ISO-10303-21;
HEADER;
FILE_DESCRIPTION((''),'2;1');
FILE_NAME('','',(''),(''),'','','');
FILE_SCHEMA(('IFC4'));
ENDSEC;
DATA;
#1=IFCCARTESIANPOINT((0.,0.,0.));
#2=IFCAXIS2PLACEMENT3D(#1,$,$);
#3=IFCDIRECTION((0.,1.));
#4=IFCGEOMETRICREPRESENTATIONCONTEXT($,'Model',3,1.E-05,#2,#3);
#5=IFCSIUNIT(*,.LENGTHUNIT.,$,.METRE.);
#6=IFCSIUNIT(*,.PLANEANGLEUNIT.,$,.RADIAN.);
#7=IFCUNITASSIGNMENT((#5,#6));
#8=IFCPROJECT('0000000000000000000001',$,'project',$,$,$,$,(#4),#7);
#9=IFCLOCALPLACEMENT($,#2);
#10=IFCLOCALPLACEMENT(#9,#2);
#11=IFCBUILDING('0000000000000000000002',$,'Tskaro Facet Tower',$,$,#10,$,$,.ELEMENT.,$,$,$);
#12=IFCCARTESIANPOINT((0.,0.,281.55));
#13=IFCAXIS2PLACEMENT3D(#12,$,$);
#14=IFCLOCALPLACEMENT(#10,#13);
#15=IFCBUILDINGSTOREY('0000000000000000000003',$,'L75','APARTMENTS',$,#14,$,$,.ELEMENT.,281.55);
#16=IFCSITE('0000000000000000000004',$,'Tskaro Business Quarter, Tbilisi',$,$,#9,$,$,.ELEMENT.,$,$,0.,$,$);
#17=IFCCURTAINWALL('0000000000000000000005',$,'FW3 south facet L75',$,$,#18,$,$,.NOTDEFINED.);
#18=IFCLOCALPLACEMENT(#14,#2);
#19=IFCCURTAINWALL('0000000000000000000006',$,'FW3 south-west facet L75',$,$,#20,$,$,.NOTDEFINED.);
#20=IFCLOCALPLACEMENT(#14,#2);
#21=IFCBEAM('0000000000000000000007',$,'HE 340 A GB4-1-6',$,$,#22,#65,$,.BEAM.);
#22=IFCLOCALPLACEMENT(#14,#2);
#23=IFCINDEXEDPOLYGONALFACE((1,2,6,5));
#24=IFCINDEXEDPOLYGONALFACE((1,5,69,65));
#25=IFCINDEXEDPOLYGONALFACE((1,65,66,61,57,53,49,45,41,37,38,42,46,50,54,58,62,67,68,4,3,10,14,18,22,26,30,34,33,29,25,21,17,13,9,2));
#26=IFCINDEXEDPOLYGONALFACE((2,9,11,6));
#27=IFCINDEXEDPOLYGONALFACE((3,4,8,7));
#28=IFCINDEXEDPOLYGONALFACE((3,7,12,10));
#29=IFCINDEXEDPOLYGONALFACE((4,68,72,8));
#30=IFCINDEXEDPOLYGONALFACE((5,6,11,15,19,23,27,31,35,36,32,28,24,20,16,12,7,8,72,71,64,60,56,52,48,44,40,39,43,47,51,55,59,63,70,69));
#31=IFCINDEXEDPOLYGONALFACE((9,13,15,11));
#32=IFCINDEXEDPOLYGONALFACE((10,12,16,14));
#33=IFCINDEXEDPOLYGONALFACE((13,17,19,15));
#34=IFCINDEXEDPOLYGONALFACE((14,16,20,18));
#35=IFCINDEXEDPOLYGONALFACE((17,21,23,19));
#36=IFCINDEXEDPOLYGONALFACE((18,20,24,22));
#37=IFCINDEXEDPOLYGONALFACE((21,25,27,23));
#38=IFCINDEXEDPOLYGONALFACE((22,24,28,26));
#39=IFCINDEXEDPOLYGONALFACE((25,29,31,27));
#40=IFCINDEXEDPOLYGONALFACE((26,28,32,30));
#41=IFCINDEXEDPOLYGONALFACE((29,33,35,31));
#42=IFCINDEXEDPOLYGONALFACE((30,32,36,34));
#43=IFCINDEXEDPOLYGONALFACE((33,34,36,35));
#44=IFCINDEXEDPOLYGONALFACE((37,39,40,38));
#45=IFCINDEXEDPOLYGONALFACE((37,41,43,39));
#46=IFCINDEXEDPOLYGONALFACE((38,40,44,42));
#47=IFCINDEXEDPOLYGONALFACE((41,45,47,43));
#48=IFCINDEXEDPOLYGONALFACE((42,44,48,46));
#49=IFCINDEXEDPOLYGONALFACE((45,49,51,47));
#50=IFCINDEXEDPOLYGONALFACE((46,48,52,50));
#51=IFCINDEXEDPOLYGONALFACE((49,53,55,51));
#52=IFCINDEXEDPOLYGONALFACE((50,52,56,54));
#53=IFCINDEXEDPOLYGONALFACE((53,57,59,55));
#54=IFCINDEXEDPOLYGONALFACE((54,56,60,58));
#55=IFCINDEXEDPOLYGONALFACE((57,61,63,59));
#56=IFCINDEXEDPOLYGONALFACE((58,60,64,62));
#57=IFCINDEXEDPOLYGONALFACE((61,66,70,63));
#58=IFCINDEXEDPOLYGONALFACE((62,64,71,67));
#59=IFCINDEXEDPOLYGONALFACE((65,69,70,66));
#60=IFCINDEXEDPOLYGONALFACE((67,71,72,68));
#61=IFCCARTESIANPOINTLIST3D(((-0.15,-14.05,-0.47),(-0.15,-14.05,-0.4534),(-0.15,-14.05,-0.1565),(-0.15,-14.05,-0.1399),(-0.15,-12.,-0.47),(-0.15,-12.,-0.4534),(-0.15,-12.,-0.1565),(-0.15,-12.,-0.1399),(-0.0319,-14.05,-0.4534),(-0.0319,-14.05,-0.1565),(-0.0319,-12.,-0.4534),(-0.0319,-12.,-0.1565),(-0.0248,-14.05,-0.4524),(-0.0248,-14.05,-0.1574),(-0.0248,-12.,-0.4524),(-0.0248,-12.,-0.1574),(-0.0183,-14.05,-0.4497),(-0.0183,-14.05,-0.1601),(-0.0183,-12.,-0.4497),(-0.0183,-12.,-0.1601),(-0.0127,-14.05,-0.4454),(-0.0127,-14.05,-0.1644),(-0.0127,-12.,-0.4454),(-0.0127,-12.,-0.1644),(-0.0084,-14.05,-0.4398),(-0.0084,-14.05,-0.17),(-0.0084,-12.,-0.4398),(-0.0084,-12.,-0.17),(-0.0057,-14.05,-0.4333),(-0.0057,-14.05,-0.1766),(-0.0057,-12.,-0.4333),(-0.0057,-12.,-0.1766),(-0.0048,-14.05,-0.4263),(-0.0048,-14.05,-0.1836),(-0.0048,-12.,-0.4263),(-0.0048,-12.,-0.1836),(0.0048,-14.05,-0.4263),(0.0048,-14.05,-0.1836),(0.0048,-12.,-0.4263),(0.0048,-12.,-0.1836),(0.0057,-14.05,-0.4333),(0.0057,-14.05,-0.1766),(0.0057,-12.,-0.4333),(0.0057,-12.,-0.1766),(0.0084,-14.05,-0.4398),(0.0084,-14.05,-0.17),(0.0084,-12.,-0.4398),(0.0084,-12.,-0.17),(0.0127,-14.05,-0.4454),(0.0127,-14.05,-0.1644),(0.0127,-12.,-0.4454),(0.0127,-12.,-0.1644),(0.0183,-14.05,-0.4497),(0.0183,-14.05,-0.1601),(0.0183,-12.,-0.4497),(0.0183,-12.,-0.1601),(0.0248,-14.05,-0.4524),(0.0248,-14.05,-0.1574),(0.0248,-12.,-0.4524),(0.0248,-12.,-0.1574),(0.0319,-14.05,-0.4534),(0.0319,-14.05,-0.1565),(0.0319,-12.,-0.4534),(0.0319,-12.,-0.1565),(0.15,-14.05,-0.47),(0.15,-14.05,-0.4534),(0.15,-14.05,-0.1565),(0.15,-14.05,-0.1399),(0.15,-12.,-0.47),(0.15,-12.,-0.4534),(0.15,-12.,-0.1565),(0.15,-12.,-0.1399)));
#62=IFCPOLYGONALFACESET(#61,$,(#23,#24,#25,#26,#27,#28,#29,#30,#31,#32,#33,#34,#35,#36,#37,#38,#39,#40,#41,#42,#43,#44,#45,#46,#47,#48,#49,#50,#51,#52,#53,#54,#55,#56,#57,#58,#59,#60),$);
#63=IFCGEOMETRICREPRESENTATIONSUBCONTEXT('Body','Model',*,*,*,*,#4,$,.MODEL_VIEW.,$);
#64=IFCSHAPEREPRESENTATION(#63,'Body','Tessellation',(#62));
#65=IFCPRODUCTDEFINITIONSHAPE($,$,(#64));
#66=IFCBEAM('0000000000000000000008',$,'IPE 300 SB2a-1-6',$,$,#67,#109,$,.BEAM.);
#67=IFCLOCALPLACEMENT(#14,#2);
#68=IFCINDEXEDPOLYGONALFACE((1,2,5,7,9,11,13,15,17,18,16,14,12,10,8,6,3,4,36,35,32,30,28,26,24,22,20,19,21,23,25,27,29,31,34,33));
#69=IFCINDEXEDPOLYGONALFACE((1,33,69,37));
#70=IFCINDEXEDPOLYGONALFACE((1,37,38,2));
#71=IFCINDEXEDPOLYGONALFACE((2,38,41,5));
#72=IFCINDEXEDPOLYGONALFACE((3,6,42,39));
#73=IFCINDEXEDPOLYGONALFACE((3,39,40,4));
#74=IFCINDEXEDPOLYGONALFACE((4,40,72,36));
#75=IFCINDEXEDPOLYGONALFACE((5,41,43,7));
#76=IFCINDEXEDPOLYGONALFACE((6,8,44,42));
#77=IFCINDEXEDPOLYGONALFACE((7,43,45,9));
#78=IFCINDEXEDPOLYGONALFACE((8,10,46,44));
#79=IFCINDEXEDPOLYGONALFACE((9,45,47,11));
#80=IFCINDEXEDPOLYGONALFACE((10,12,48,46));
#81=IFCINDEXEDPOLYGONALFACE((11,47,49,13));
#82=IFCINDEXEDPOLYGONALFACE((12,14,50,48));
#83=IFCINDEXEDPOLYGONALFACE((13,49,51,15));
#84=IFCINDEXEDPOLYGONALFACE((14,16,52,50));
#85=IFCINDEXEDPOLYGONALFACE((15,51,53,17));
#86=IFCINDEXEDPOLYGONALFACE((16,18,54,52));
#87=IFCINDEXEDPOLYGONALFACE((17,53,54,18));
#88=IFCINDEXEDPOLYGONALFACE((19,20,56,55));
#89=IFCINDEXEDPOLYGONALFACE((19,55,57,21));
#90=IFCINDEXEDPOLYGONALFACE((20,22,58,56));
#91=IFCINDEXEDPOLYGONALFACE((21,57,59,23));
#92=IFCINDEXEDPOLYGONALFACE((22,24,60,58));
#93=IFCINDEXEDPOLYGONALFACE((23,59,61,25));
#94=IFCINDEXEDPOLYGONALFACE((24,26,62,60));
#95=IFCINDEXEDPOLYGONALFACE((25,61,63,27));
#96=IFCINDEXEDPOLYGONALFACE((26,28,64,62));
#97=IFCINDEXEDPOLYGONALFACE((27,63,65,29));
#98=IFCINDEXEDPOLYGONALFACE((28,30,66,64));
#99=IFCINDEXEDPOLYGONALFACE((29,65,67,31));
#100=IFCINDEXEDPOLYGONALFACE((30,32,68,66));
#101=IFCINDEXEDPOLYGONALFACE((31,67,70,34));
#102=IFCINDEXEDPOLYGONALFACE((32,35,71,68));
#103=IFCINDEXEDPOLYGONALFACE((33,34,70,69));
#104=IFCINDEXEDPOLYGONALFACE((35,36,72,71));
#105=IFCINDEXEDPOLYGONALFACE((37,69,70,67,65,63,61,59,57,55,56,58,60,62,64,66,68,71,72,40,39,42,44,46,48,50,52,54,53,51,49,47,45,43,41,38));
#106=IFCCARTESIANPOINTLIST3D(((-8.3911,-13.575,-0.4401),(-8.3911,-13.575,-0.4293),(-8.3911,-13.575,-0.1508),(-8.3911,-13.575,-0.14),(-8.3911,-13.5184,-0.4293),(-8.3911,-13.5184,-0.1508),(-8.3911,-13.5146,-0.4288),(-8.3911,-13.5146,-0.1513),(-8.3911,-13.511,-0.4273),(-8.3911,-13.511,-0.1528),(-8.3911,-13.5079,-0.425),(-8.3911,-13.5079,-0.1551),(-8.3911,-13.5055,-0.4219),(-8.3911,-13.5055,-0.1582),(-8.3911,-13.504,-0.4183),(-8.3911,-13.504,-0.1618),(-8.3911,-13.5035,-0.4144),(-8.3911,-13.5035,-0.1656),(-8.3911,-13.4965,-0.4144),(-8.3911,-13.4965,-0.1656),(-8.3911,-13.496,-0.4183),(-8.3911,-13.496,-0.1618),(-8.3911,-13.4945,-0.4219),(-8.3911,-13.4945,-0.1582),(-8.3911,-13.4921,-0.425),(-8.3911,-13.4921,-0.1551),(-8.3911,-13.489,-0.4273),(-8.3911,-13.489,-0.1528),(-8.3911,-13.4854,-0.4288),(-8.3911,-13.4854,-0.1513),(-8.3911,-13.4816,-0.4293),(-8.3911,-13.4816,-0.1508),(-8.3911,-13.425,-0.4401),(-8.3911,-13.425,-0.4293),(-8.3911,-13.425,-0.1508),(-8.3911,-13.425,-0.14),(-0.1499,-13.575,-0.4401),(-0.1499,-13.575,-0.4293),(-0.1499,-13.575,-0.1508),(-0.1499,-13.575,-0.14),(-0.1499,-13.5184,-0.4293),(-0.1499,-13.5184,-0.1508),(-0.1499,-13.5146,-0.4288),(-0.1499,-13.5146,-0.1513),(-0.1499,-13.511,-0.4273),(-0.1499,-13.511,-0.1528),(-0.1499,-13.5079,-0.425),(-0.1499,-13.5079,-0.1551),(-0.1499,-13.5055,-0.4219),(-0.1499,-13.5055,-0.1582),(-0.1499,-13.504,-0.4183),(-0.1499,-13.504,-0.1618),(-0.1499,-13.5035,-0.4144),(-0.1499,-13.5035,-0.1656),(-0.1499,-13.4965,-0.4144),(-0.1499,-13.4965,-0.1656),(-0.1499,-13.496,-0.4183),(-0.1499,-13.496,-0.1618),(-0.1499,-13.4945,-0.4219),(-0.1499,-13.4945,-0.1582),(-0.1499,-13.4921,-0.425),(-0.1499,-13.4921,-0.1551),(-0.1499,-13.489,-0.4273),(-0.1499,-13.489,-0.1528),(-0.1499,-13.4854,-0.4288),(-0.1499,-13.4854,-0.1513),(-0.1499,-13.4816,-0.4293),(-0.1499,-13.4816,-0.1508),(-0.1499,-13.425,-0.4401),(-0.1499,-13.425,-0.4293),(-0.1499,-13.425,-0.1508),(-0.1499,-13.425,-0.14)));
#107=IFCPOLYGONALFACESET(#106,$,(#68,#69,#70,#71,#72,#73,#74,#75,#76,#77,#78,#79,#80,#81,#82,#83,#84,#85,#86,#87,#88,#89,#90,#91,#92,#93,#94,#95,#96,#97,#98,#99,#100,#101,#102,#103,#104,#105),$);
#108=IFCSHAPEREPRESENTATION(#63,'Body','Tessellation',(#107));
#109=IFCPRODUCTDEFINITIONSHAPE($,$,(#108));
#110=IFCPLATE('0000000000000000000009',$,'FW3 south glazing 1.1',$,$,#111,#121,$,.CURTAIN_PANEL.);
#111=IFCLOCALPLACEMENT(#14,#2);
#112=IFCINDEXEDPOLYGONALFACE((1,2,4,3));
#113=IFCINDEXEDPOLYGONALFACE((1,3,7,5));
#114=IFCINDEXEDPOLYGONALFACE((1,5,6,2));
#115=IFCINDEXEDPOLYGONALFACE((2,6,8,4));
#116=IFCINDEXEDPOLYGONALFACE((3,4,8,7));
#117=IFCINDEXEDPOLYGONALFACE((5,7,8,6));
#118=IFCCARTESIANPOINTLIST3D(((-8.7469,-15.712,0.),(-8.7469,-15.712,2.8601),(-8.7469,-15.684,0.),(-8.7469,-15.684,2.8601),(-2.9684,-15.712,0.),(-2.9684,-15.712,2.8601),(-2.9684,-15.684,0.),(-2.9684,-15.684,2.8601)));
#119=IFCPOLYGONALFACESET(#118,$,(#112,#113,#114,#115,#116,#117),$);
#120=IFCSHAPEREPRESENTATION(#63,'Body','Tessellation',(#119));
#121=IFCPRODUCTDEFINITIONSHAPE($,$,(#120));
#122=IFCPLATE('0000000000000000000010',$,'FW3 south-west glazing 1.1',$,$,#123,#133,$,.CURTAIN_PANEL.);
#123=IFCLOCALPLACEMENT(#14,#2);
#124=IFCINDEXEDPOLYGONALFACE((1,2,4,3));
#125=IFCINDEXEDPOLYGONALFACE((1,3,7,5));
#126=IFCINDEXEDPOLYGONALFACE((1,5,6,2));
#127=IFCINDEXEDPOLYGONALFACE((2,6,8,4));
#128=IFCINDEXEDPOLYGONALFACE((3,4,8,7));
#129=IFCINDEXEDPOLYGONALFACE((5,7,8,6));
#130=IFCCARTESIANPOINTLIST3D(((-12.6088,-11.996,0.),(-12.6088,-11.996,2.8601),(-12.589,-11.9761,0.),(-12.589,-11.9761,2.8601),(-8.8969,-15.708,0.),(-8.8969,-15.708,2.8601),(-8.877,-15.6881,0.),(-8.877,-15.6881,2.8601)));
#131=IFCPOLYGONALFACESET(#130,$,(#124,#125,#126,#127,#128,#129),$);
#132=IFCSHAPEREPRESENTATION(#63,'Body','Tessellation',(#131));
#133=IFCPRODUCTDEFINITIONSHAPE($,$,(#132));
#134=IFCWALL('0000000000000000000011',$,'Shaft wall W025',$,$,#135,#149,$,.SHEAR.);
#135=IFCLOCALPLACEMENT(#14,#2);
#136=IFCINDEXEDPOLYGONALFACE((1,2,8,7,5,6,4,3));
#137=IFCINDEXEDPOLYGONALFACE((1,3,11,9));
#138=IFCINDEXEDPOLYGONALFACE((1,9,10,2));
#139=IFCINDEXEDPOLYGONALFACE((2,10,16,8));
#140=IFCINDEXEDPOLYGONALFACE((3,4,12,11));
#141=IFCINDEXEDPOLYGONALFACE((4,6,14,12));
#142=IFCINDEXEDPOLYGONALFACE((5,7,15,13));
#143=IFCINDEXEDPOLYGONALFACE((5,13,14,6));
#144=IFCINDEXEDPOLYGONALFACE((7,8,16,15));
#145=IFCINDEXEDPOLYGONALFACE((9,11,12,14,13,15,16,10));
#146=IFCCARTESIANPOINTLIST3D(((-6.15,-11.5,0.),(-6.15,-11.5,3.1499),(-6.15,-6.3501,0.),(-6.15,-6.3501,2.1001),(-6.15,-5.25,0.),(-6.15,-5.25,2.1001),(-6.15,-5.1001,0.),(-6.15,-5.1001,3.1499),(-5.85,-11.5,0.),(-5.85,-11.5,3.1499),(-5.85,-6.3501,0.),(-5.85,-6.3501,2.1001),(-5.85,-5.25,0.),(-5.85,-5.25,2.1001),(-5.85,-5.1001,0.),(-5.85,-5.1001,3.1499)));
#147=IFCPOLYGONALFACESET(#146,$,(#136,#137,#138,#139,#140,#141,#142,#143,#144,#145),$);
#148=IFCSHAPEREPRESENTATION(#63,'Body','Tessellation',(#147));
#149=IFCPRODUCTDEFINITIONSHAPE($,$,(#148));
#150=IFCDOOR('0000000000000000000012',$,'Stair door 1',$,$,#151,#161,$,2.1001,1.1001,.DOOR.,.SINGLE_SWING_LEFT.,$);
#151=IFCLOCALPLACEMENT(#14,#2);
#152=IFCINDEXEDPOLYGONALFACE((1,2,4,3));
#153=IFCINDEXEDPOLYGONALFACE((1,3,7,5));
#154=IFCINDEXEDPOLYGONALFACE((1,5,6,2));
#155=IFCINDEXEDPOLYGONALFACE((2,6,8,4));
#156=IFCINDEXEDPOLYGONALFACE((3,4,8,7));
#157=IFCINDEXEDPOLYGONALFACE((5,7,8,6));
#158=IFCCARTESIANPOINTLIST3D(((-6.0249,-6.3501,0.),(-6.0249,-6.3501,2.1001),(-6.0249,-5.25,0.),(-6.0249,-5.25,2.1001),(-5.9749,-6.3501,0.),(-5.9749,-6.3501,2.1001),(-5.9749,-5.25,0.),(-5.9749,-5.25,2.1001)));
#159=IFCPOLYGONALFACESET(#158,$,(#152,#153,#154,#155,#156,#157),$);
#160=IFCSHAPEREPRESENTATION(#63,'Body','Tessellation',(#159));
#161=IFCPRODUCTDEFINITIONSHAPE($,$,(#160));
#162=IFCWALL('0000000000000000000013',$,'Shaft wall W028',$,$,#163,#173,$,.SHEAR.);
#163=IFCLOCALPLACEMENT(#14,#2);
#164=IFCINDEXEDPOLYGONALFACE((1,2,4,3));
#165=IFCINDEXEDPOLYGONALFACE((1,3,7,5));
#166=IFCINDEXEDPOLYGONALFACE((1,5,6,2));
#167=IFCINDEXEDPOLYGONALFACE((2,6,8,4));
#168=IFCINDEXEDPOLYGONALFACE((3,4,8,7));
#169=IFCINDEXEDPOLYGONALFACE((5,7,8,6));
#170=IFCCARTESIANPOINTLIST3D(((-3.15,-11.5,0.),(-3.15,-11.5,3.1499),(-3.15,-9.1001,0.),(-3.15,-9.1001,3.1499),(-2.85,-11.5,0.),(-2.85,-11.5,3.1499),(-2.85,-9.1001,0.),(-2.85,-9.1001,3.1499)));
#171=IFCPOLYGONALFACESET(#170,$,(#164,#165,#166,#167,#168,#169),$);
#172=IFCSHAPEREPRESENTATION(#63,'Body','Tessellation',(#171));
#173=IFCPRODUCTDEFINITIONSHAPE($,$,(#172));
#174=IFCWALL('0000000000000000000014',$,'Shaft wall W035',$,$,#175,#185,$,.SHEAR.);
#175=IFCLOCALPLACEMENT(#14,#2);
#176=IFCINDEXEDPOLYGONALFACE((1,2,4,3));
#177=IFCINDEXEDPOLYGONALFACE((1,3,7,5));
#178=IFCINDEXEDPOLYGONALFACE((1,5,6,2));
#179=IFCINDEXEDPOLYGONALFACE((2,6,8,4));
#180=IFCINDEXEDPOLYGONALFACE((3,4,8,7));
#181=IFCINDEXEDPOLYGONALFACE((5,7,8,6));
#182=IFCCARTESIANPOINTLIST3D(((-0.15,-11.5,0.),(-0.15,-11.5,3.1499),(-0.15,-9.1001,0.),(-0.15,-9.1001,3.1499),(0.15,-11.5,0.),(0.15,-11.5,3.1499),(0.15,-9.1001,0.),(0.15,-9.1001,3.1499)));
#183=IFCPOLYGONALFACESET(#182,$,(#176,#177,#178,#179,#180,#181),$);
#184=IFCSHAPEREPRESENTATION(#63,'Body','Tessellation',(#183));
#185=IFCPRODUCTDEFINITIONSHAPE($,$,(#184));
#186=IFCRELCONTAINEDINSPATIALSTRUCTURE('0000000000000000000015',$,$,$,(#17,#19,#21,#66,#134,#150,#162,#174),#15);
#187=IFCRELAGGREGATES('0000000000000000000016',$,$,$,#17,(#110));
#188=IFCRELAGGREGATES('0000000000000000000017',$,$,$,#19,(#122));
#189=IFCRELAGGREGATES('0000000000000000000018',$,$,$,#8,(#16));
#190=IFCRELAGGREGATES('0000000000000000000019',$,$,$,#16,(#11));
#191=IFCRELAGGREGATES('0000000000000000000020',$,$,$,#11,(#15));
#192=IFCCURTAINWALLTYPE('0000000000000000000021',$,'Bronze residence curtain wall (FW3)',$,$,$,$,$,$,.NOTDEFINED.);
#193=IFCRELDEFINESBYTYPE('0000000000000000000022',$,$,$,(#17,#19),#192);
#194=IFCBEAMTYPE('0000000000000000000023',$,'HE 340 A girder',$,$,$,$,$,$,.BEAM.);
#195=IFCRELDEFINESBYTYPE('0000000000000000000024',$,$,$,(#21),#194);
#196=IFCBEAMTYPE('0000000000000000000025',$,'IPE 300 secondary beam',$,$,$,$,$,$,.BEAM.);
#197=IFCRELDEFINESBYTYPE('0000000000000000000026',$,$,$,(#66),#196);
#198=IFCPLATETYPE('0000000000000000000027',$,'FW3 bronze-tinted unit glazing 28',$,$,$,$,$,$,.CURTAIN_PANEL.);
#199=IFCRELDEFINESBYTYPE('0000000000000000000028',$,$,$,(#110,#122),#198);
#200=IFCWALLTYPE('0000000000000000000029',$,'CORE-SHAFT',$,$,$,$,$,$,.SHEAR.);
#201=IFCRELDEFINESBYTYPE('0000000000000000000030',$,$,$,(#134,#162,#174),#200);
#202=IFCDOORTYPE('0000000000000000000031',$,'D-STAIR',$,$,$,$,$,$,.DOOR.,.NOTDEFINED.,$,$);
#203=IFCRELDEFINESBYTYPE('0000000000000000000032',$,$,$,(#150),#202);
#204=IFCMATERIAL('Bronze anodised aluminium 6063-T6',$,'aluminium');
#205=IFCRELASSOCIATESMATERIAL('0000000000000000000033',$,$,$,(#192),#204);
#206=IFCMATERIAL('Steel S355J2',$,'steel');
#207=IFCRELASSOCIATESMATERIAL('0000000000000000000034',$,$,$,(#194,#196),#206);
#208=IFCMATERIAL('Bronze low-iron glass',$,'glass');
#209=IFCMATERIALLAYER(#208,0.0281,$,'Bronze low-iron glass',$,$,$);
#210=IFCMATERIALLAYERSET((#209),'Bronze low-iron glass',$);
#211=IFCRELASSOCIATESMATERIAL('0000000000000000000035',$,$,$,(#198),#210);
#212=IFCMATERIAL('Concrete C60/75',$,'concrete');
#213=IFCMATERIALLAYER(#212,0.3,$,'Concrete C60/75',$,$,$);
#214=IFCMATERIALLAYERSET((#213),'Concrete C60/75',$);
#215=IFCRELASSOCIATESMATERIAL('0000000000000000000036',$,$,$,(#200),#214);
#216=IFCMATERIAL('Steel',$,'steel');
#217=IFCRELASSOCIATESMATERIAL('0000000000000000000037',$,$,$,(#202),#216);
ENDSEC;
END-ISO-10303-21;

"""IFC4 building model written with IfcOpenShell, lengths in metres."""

from ifc_helpers import new_model, si_unit, direction, frame, frame_2d, origin, origin_2d, place, context, subcontext, project, spatial, rectangle, i_section, extrude, material, layer, layer_set, material_profile, profile_set, type_object, element, fill, aggregate, save


model = new_model("IFC4")

# Units and contexts
model_context = context("Model", 3, precision=1e-05, world=origin(), true_north=direction((0.0, 1.0)))
body_context = subcontext(model_context, "Body", "Model", "MODEL_VIEW")
ifc_project = project(units=[si_unit("LENGTHUNIT", "METRE"), si_unit("PLANEANGLEUNIT", "RADIAN")], contexts=[model_context])

# Site, building, storey
site_placement = place(None, origin())
site = spatial("IfcSite", under=ifc_project, at=site_placement, Name="Tskaro Business Quarter, Tbilisi", CompositionType="ELEMENT", RefElevation=0.0)
building_placement = place(site_placement, origin())
building = spatial("IfcBuilding", under=site, at=building_placement, Name="Tskaro Facet Tower", CompositionType="ELEMENT")
storey_placement = place(building_placement, frame((0.0, 0.0, 281.55)))
storey = spatial("IfcBuildingStorey", under=building, at=storey_placement, Name="L75", Description="APARTMENTS", CompositionType="ELEMENT", Elevation=281.55)

# Shared definitions
ifc_material_1 = material(Name="Steel S355J2", Category="steel")

# Curtain walls
ifc_material_2 = material(Name="Bronze anodised aluminium 6063-T6", Category="aluminium")
curtain_wall_type = type_object("IfcCurtainWallType", Name="Bronze residence curtain wall (FW3)", PredefinedType="NOTDEFINED", material=ifc_material_2)
curtain_wall_1_placement = place(storey_placement, origin())
curtain_wall_1 = element("IfcCurtainWall", 1, at=curtain_wall_1_placement, inside=storey, type_object=curtain_wall_type, Name="FW3 south facet L75", PredefinedType="NOTDEFINED")
curtain_wall_2_placement = place(storey_placement, origin())
curtain_wall_2 = element("IfcCurtainWall", 2, at=curtain_wall_2_placement, inside=storey, type_object=curtain_wall_type, Name="FW3 south-west facet L75", PredefinedType="NOTDEFINED")

# Beams
ifc_material_profile_1 = material_profile(ifc_material_1, i_section(OverallWidth=0.3, OverallDepth=0.3301, WebThickness=0.0095, FlangeThickness=0.0166, FilletRadius=0.0271, at=origin_2d()), Name="HE 340 A")
ifc_profile_set_1 = profile_set([ifc_material_profile_1], Name="Steel S355J2")
beam_type_1 = type_object("IfcBeamType", Name="HE 340 A girder", PredefinedType="BEAM", material=ifc_profile_set_1)
beam_1_placement = place(storey_placement, frame((0.0, -14.05, -0.3049), z_axis=(0.0, 1.0, 0.0), x_axis=(-1.0, 0.0, 0.0)))
element("IfcBeam", 3, at=beam_1_placement, inside=storey, type_object=beam_type_1, Name="HE 340 A GB4-1-6", PredefinedType="BEAM", context=body_context, shape_type="SweptSolid", body=[
    extrude(i_section(OverallWidth=0.3, OverallDepth=0.3301, WebThickness=0.0095, FlangeThickness=0.0166, FilletRadius=0.0271, at=origin_2d()), origin(), (0.0, 0.0, 1.0), 2.05),
])
ifc_material_profile_2 = material_profile(ifc_material_1, i_section(OverallWidth=0.1499, OverallDepth=0.3, WebThickness=0.0071, FlangeThickness=0.0107, FilletRadius=0.0149, at=origin_2d()), Name="IPE 300")
ifc_profile_set_2 = profile_set([ifc_material_profile_2], Name="Steel S355J2")
beam_type_2 = type_object("IfcBeamType", Name="IPE 300 secondary beam", PredefinedType="BEAM", material=ifc_profile_set_2)
beam_2_placement = place(storey_placement, frame((-8.3911, -13.5, -0.29), z_axis=(1.0, 0.0, 0.0), x_axis=(0.0, 1.0, 0.0)))
element("IfcBeam", 4, at=beam_2_placement, inside=storey, type_object=beam_type_2, Name="IPE 300 SB2a-1-6", PredefinedType="BEAM", context=body_context, shape_type="SweptSolid", body=[
    extrude(i_section(OverallWidth=0.1499, OverallDepth=0.3, WebThickness=0.0071, FlangeThickness=0.0107, FilletRadius=0.0149, at=origin_2d()), origin(), (0.0, 0.0, 1.0), 8.2412),
])

# Plates
ifc_material_3 = material(Name="Bronze low-iron glass", Category="glass")
ifc_layer_1 = layer(ifc_material_3, 0.0281, Name="Bronze low-iron glass")
ifc_layer_set_1 = layer_set([ifc_layer_1], Name="Bronze low-iron glass")
plate_type = type_object("IfcPlateType", Name="FW3 bronze-tinted unit glazing 28", PredefinedType="CURTAIN_PANEL", material=ifc_layer_set_1)
plate_1_placement = place(storey_placement, frame((-5.8577, -15.698, 0.0), z_axis=(0.0, 0.0, 1.0), x_axis=(1.0, 0.0, 0.0)))
plate_1 = element("IfcPlate", 5, at=plate_1_placement, type_object=plate_type, Name="FW3 south glazing 1.1", PredefinedType="CURTAIN_PANEL", context=body_context, shape_type="SweptSolid", body=[
    extrude(rectangle(XDim=5.7786, YDim=0.0281, at=origin_2d()), origin(), (0.0, 0.0, 1.0), 2.8601),
])
aggregate(curtain_wall_1, [plate_1])
plate_2_placement = place(storey_placement, frame((-10.7429, -13.842, 0.0), z_axis=(0.0, 0.0, 1.0), x_axis=(0.707107, -0.707107, 0.0)))
plate_2 = element("IfcPlate", 6, at=plate_2_placement, type_object=plate_type, Name="FW3 south-west glazing 1.1", PredefinedType="CURTAIN_PANEL", context=body_context, shape_type="SweptSolid", body=[
    extrude(rectangle(XDim=5.2495, YDim=0.0281, at=origin_2d()), origin(), (0.0, 0.0, 1.0), 2.8601),
])
aggregate(curtain_wall_2, [plate_2])

# Wall, opening, door
ifc_material_4 = material(Name="Concrete C60/75", Category="concrete")
ifc_layer_2 = layer(ifc_material_4, 0.3, Name="Concrete C60/75")
ifc_layer_set_2 = layer_set([ifc_layer_2], Name="Concrete C60/75")
wall_type_1 = type_object("IfcWallType", Name="CORE-SHAFT", PredefinedType="SHEAR", material=ifc_layer_set_2)
wall_1_placement = place(storey_placement, frame((-6.0, -11.5, 0.0), z_axis=(0.0, 0.0, 1.0), x_axis=(0.0, 1.0, 0.0)))
wall_1 = element("IfcWall", 7, at=wall_1_placement, inside=storey, type_object=wall_type_1, Name="Shaft wall W025", PredefinedType="SHEAR", context=body_context, shape_type="SweptSolid", body=[
    extrude(rectangle(XDim=6.3999, YDim=0.3, at=frame_2d((3.2, 0.0))), origin(), (0.0, 0.0, 1.0), 3.1499),
])
opening_placement = place(wall_1_placement, frame((5.1499, 0.0, 0.0)))
opening = element("IfcOpeningElement", 8, at=opening_placement, cuts=wall_1, PredefinedType="OPENING", context=body_context, shape_type="SweptSolid", body=[
    extrude(rectangle(XDim=1.1001, YDim=2.1001, at=frame_2d((0.55, 1.05))), frame((0.0, 0.1599, 0.0), z_axis=(0.0, -1.0, 0.0), x_axis=(1.0, 0.0, 0.0)), (0.0, 0.0, 1.0), 0.3201),
])
ifc_material_5 = material(Name="Steel", Category="steel")
door_type = type_object("IfcDoorType", Name="D-STAIR", OperationType="NOTDEFINED", PredefinedType="DOOR", material=ifc_material_5)
door_placement = place(opening_placement, origin())
door = element("IfcDoor", 9, at=door_placement, inside=storey, type_object=door_type, Name="Stair door 1", OperationType="SINGLE_SWING_LEFT", OverallHeight=2.1001, OverallWidth=1.1001, PredefinedType="DOOR", context=body_context, shape_type="SweptSolid", body=[
    extrude(rectangle(XDim=1.1001, YDim=2.1001, at=frame_2d((0.55, 1.05))), frame((0.0, 0.0249, 0.0), z_axis=(0.0, -1.0, 0.0), x_axis=(1.0, 0.0, 0.0)), (0.0, 0.0, 1.0), 0.05),
])
fill(opening, door)

# Walls
for number, where, z_axis, x_axis, name in (
    (10, (-3.0, -11.5, 0.0), (0.0, 0.0, 1.0), (0.0, 1.0, 0.0), "Shaft wall W028"),
    (11, (0.0, -11.5, 0.0), (0.0, 0.0, 1.0), (0.0, 1.0, 0.0), "Shaft wall W035"),
):
    element("IfcWall", number, at=place(storey_placement, frame(where, z_axis=z_axis, x_axis=x_axis)), inside=storey, type_object=wall_type_1, Name=name, PredefinedType="SHEAR", context=body_context, shape_type="SweptSolid", body=[
        extrude(rectangle(XDim=2.3999, YDim=0.3, at=frame_2d((1.2, 0.0))), origin(), (0.0, 0.0, 1.0), 3.1499),
    ])

save(model, "model.ifc")
